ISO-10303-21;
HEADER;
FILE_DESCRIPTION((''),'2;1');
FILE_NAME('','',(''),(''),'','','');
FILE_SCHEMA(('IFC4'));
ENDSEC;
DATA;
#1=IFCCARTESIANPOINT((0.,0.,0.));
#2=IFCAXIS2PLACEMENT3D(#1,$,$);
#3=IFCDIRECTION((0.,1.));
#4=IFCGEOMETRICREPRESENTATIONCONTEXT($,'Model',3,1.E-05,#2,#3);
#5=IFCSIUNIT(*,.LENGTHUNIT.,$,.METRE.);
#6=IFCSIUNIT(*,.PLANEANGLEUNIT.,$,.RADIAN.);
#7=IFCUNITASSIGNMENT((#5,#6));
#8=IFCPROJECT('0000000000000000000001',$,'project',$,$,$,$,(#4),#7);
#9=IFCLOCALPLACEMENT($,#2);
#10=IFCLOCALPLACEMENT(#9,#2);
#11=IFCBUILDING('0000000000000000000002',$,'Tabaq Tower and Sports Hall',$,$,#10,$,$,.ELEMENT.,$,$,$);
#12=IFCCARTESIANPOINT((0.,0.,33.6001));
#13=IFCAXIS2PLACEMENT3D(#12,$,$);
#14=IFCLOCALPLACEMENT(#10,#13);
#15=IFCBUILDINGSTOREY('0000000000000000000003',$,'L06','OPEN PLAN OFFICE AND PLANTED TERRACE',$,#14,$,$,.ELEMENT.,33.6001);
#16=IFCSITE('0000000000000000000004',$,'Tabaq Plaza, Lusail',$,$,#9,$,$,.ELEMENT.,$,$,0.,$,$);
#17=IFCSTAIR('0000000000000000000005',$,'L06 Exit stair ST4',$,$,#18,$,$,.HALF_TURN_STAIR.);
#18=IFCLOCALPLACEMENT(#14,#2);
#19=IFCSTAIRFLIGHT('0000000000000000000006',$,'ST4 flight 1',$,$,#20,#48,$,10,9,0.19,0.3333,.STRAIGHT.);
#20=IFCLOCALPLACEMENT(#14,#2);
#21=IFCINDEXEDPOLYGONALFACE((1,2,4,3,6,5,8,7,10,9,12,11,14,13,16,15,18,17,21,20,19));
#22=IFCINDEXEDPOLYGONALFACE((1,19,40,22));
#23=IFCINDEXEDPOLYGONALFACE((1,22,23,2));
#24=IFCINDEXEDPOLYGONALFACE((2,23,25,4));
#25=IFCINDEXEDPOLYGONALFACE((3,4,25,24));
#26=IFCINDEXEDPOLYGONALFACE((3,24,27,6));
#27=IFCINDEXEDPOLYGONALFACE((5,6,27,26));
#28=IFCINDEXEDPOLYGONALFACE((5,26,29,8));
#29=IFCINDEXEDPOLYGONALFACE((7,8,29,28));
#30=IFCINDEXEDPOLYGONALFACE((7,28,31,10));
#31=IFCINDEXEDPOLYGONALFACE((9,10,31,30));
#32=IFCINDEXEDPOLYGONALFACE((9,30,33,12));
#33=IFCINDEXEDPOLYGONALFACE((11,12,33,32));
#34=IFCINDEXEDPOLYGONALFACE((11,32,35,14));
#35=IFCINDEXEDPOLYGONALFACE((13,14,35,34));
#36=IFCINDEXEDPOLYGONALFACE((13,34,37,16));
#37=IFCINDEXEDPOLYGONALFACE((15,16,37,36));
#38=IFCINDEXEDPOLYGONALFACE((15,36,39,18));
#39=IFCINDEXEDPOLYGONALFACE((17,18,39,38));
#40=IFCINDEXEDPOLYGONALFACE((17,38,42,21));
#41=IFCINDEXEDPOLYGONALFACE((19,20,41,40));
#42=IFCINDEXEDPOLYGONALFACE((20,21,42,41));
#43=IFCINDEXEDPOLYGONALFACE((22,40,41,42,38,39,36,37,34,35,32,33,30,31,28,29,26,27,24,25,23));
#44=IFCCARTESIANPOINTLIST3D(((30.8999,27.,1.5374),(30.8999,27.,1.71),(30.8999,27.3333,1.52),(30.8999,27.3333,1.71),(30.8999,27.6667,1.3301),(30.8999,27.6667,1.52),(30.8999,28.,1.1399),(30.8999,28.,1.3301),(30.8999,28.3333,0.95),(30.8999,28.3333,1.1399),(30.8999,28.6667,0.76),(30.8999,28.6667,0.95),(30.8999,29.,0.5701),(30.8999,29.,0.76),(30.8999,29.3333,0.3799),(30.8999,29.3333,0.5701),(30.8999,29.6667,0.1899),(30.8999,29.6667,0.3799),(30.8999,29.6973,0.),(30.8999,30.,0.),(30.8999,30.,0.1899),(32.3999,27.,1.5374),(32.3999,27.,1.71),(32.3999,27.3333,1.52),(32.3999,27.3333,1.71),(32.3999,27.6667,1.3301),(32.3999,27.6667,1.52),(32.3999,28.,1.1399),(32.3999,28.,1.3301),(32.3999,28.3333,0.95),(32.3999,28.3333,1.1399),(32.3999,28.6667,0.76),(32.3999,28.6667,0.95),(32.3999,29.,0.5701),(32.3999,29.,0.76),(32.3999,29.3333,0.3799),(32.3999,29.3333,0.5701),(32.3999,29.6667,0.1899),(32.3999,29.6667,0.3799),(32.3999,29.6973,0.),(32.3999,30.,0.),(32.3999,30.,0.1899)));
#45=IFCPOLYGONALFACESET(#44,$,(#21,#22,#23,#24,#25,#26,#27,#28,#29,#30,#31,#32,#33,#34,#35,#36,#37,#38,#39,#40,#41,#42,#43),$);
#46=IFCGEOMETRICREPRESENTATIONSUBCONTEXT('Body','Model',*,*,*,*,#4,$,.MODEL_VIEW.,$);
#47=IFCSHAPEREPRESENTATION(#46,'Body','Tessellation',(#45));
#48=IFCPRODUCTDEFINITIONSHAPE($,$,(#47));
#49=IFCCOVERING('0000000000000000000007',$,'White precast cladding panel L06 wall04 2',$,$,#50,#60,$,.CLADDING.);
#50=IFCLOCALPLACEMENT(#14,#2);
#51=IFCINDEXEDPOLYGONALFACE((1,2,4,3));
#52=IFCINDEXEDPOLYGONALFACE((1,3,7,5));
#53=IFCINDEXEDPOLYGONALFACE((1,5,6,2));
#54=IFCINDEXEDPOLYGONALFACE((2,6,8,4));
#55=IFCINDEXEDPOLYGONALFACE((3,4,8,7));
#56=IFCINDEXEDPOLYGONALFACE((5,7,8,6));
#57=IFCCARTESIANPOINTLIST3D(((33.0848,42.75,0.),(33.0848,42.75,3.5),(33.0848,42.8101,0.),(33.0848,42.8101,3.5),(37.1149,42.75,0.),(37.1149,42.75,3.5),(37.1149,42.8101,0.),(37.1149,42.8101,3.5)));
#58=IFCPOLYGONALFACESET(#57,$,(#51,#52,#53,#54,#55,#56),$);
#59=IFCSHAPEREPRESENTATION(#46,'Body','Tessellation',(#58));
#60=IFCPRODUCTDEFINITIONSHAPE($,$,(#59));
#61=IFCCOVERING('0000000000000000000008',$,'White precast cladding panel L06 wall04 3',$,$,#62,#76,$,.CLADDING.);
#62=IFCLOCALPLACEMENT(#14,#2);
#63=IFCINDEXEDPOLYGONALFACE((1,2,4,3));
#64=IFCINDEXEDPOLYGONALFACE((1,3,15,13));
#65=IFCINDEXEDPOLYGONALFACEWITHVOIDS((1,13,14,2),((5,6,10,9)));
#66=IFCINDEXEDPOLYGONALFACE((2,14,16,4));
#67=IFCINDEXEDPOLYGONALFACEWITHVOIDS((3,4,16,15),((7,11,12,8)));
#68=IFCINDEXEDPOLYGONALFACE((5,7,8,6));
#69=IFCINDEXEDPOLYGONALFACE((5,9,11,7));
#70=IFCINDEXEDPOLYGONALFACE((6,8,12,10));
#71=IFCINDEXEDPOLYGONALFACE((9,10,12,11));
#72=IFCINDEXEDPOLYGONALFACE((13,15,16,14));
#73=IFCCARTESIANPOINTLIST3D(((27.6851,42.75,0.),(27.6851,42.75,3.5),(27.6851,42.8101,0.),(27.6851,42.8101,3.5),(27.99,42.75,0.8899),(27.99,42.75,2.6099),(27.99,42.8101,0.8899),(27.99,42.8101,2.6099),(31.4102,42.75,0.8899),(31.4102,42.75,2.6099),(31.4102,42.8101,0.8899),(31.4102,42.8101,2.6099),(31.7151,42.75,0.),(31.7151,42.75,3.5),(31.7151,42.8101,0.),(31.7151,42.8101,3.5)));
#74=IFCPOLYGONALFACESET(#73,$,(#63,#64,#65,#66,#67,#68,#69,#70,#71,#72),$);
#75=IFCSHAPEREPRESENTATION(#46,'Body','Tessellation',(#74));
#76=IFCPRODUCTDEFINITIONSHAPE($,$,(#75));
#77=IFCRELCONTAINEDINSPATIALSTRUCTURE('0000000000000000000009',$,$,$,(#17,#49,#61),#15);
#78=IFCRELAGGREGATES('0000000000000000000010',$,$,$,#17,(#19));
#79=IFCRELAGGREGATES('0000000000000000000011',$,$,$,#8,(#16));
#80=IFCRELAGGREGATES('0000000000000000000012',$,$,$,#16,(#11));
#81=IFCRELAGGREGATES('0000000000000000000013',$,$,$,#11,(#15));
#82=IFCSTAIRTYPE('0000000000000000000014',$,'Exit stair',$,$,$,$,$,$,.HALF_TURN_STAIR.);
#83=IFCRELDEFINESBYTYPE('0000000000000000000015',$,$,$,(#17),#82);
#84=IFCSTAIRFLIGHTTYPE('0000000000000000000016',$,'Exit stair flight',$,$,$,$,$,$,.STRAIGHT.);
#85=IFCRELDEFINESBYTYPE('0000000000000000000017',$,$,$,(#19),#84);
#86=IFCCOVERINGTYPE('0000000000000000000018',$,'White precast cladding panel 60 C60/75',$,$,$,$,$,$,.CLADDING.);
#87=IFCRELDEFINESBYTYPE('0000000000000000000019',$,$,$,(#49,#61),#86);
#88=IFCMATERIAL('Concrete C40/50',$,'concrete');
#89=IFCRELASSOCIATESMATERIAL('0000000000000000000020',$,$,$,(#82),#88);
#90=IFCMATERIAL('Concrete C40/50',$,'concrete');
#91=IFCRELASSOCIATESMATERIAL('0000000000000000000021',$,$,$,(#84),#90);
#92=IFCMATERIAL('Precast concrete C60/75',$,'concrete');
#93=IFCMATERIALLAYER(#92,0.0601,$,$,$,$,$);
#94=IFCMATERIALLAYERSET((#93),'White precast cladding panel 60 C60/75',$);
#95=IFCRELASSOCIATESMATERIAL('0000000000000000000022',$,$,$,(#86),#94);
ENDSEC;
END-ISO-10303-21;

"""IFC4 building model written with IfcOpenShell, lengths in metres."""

from ifc_helpers import new_model, si_unit, direction, frame, frame_2d, origin, place, context, subcontext, project, spatial, polyline, rectangle, outline, extrude, material, layer, layer_set, type_object, element, aggregate, save


model = new_model("IFC4")

# Units and contexts
model_context = context("Model", 3, precision=1e-05, world=origin(), true_north=direction((0.0, 1.0)))
body_context = subcontext(model_context, "Body", "Model", "MODEL_VIEW")
ifc_project = project(units=[si_unit("LENGTHUNIT", "METRE"), si_unit("PLANEANGLEUNIT", "RADIAN")], contexts=[model_context])

# Site, building, storey
site_placement = place(None, origin())
site = spatial("IfcSite", under=ifc_project, at=site_placement, Name="Tabaq Plaza, Lusail", CompositionType="ELEMENT", RefElevation=0.0)
building_placement = place(site_placement, origin())
building = spatial("IfcBuilding", under=site, at=building_placement, Name="Tabaq Tower and Sports Hall", CompositionType="ELEMENT")
storey_placement = place(building_placement, frame((0.0, 0.0, 33.6001)))
storey = spatial("IfcBuildingStorey", under=building, at=storey_placement, Name="L06", Description="OPEN PLAN OFFICE AND PLANTED TERRACE", CompositionType="ELEMENT", Elevation=33.6001)

# Stair, stair flight
ifc_material_1 = material(Name="Concrete C40/50", Category="concrete")
stair_type = type_object("IfcStairType", Name="Exit stair", PredefinedType="HALF_TURN_STAIR", material=ifc_material_1)
stair_placement = place(storey_placement, origin())
stair = element("IfcStair", 1, at=stair_placement, inside=storey, type_object=stair_type, Name="L06 Exit stair ST4", PredefinedType="HALF_TURN_STAIR")
ifc_material_2 = material(Name="Concrete C40/50", Category="concrete")
stair_flight_type = type_object("IfcStairFlightType", Name="Exit stair flight", PredefinedType="STRAIGHT", material=ifc_material_2)
stair_flight_placement = place(storey_placement, frame((31.6499, 30.0, 0.0), z_axis=(0.0, 0.0, 1.0), x_axis=(0.0, -1.0, 0.0)))
stair_flight = element("IfcStairFlight", 2, at=stair_flight_placement, type_object=stair_flight_type, Name="ST4 flight 1", NumberOfRisers=10, NumberOfTreads=9, PredefinedType="STRAIGHT", RiserHeight=0.19, TreadLength=0.3333, context=body_context, shape_type="SweptSolid", body=[
    extrude(outline(polyline([(0.0, 0.0), (0.0, 0.1899), (0.3333, 0.1899), (0.3333, 0.3799), (0.6667, 0.3799), (0.6667, 0.5701), (1.0, 0.5701), (1.0, 0.76), (1.3333, 0.76), (1.3333, 0.95), (1.6667, 0.95), (1.6667, 1.1399), (2.0, 1.1399), (2.0, 1.3301), (2.3333, 1.3301), (2.3333, 1.52), (2.6667, 1.52), (2.6667, 1.71), (3.0, 1.71), (3.0, 1.8999), (3.0, 1.5374), (0.3027, 0.0), (0.0, 0.0)])), frame((0.0, 0.75, 0.0), z_axis=(0.0, -1.0, 0.0), x_axis=(1.0, 0.0, 0.0)), (0.0, 0.0, 1.0), 1.5),
])
aggregate(stair, [stair_flight])

# Coverings
ifc_material_3 = material(Name="Precast concrete C60/75", Category="concrete")
ifc_layer_1 = layer(ifc_material_3, 0.0601)
ifc_layer_set_1 = layer_set([ifc_layer_1], Name="White precast cladding panel 60 C60/75")
covering_type = type_object("IfcCoveringType", Name="White precast cladding panel 60 C60/75", PredefinedType="CLADDING", material=ifc_layer_set_1)
covering_1_placement = place(storey_placement, frame((37.115, 42.78, 0.0), z_axis=(0.0, 0.0, 1.0), x_axis=(-1.0, 0.0, 0.0)))
element("IfcCovering", 3, at=covering_1_placement, inside=storey, type_object=covering_type, Name="White precast cladding panel L06 wall04 2", PredefinedType="CLADDING", context=body_context, shape_type="SweptSolid", body=[
    extrude(rectangle(XDim=4.03, YDim=0.0601, at=frame_2d((2.0151, 0.0))), origin(), (0.0, 0.0, 1.0), 3.5),
])
covering_2_placement = place(storey_placement, frame((31.7151, 42.78, 0.0), z_axis=(0.0, 0.0, 1.0), x_axis=(-1.0, 0.0, 0.0)))
element("IfcCovering", 4, at=covering_2_placement, inside=storey, type_object=covering_type, Name="White precast cladding panel L06 wall04 3", PredefinedType="CLADDING", context=body_context, shape_type="SweptSolid", body=[
    extrude(outline(polyline([(0.0, 0.0), (4.03, 0.0), (4.03, 3.5), (0.0, 3.5), (0.0, 0.0)]), holes=[polyline([(0.3049, 0.8899), (0.3049, 2.6099), (3.7251, 2.6099), (3.7251, 0.8899), (0.3049, 0.8899)])]), frame((0.0, 0.03, 0.0), z_axis=(0.0, -1.0, 0.0), x_axis=(1.0, 0.0, 0.0)), (0.0, 0.0, 1.0), 0.0601),
])

save(model, "model.ifc")
